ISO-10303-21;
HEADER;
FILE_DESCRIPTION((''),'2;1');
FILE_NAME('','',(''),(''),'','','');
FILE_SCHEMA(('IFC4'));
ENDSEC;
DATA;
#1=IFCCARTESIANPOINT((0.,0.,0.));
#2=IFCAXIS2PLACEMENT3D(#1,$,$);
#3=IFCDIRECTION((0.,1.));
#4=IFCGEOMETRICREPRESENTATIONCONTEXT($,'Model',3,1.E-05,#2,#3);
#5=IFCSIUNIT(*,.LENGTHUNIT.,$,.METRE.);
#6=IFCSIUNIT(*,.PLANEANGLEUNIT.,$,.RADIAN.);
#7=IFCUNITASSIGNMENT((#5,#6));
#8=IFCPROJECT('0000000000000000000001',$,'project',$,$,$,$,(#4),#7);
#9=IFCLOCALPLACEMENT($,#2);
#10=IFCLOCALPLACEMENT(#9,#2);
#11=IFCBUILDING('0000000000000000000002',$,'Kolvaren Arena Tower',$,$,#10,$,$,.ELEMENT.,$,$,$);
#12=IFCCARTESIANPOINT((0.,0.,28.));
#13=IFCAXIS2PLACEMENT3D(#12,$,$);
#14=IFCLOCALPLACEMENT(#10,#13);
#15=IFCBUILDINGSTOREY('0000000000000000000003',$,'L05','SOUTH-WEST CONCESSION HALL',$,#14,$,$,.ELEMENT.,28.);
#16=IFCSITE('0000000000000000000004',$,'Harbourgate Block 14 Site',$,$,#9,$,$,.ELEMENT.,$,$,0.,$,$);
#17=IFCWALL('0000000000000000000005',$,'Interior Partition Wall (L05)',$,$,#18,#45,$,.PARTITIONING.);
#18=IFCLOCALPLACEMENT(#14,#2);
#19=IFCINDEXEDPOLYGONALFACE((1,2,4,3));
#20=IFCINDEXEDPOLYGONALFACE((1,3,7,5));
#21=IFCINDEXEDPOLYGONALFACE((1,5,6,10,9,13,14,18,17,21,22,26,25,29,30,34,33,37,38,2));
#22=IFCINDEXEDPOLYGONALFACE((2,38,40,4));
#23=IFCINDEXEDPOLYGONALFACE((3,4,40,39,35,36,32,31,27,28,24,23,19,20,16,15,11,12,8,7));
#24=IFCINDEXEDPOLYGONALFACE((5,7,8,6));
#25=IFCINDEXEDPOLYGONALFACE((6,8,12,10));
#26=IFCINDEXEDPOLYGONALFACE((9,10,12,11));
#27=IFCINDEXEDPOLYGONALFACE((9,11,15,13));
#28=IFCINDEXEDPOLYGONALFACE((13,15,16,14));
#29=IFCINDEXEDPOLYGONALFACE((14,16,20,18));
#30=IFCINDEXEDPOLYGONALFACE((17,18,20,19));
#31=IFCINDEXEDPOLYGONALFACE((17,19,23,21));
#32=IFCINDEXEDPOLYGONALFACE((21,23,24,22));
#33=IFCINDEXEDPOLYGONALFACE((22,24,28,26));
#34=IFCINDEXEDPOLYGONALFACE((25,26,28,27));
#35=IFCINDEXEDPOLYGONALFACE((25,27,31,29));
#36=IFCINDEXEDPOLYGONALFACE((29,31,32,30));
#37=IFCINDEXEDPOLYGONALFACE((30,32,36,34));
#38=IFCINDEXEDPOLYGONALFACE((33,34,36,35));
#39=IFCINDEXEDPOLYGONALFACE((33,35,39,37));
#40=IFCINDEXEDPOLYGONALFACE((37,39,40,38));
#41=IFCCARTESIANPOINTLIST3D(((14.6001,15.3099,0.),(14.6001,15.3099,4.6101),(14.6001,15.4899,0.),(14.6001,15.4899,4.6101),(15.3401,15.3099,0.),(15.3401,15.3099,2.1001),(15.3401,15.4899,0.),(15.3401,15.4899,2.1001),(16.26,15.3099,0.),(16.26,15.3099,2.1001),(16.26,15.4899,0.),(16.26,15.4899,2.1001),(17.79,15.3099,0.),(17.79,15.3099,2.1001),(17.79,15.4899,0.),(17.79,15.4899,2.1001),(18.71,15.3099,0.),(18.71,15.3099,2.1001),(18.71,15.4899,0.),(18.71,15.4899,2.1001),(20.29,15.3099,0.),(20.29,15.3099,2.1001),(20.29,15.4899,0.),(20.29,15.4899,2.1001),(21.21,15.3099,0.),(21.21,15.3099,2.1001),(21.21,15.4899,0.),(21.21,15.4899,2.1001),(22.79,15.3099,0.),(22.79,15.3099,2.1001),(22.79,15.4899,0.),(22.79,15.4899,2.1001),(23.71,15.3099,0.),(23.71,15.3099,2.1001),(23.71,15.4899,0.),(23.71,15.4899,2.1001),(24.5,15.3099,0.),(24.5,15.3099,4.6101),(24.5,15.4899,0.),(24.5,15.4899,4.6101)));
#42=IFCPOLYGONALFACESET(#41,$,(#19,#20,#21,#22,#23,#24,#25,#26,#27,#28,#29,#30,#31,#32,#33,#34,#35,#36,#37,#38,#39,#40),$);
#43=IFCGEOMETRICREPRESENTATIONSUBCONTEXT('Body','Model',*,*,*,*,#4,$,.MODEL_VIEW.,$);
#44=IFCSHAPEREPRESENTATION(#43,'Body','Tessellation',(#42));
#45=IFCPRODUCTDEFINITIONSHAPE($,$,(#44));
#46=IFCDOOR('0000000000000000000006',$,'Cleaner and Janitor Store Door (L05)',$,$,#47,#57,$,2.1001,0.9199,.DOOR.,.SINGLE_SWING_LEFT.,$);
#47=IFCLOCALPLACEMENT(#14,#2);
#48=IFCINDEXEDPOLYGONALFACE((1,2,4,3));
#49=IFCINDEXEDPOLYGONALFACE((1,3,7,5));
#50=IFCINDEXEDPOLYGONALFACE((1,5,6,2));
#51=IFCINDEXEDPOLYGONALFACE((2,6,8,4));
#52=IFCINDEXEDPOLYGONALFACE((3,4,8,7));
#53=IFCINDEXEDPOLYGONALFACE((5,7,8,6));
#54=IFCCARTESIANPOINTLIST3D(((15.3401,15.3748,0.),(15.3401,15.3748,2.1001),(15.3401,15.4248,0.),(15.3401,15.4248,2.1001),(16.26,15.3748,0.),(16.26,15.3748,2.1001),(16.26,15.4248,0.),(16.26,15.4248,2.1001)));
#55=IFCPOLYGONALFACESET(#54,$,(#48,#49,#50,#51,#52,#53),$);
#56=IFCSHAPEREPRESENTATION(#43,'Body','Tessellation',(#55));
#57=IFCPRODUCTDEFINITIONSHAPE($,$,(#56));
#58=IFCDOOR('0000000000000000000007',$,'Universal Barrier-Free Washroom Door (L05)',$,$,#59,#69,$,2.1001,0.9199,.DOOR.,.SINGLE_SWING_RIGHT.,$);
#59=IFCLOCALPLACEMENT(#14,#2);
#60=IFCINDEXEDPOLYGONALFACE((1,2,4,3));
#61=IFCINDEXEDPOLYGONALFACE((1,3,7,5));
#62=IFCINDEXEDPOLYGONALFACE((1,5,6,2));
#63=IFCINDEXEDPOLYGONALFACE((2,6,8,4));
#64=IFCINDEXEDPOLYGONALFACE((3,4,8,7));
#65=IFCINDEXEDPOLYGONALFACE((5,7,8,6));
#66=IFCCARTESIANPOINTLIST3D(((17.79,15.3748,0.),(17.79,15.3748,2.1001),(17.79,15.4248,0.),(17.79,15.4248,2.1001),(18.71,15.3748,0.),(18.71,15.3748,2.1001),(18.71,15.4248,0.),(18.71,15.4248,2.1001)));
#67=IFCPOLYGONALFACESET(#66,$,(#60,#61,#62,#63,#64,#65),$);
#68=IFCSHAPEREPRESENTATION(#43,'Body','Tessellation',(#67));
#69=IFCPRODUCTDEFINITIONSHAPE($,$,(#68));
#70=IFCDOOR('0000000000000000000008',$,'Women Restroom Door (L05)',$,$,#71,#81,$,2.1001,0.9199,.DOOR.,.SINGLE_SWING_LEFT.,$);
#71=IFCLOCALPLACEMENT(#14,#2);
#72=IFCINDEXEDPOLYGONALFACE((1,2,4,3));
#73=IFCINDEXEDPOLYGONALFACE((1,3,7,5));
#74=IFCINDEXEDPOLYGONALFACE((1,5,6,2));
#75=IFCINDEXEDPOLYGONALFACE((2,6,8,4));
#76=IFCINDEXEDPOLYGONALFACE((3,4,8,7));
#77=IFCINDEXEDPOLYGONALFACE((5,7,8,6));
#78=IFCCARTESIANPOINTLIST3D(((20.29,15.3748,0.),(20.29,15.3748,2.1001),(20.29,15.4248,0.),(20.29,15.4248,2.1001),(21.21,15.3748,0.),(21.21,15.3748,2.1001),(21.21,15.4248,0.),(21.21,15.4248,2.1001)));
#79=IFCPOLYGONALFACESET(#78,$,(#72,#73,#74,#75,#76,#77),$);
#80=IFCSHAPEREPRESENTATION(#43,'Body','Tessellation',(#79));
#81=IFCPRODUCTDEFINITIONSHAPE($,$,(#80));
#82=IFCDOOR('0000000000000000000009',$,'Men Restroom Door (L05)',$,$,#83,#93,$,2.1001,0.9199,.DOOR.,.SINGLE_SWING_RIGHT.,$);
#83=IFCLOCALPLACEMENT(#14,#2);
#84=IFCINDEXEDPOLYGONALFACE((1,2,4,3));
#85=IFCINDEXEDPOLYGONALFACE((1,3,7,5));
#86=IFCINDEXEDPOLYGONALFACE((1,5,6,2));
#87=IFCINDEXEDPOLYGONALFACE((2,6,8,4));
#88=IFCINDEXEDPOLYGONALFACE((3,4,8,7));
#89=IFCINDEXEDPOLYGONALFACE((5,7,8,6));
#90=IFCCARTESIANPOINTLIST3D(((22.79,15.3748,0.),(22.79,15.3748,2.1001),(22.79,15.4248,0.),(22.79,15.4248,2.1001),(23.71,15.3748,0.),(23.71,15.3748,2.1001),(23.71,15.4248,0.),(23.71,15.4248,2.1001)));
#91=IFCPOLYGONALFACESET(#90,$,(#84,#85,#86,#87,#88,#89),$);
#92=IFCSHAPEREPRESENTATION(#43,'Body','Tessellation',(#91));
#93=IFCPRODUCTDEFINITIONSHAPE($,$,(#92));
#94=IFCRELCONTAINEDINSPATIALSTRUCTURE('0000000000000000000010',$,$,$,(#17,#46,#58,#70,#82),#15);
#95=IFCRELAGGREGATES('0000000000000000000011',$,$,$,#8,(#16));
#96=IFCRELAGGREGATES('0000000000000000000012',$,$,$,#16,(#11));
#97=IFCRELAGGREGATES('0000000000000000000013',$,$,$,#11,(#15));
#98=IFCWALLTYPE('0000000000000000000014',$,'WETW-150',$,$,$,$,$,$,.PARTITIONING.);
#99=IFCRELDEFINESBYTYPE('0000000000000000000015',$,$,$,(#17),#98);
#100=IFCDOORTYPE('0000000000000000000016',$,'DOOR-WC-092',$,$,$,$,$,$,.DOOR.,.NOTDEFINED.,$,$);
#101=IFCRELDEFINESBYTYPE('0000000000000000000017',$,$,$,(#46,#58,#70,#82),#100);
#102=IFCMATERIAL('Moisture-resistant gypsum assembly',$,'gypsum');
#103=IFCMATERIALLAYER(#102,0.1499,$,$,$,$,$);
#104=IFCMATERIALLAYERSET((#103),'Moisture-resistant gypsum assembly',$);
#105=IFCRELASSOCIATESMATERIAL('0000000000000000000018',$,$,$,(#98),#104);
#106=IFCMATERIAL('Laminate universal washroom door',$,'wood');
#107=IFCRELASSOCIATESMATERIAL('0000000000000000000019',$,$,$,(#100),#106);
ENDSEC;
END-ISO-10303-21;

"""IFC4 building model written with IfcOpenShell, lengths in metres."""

from ifc_helpers import new_model, si_unit, direction, frame, frame_2d, origin, place, context, subcontext, project, spatial, rectangle, extrude, material, layer, layer_set, type_object, element, fill, save


model = new_model("IFC4")

# Units and contexts
model_context = context("Model", 3, precision=1e-05, world=origin(), true_north=direction((0.0, 1.0)))
body_context = subcontext(model_context, "Body", "Model", "MODEL_VIEW")
ifc_project = project(units=[si_unit("LENGTHUNIT", "METRE"), si_unit("PLANEANGLEUNIT", "RADIAN")], contexts=[model_context])

# Site, building, storey
site_placement = place(None, origin())
site = spatial("IfcSite", under=ifc_project, at=site_placement, Name="Harbourgate Block 14 Site", CompositionType="ELEMENT", RefElevation=0.0)
building_placement = place(site_placement, origin())
building = spatial("IfcBuilding", under=site, at=building_placement, Name="Kolvaren Arena Tower", CompositionType="ELEMENT")
storey_placement = place(building_placement, frame((0.0, 0.0, 28.0)))
storey = spatial("IfcBuildingStorey", under=building, at=storey_placement, Name="L05", Description="SOUTH-WEST CONCESSION HALL", CompositionType="ELEMENT", Elevation=28.0)

# Wall, openings, doors
ifc_material_1 = material(Name="Moisture-resistant gypsum assembly", Category="gypsum")
ifc_layer_1 = layer(ifc_material_1, 0.1499)
ifc_layer_set_1 = layer_set([ifc_layer_1], Name="Moisture-resistant gypsum assembly")
wall_type_1 = type_object("IfcWallType", Name="WETW-150", PredefinedType="PARTITIONING", material=ifc_layer_set_1)
wall_1_placement = place(storey_placement, frame((14.6001, 15.3999, 0.0), z_axis=(0.0, 0.0, 1.0), x_axis=(1.0, 0.0, 0.0)))
wall_1 = element("IfcWall", 1, at=wall_1_placement, inside=storey, type_object=wall_type_1, Name="Interior Partition Wall (L05)", PredefinedType="PARTITIONING", context=body_context, shape_type="SweptSolid", body=[
    extrude(rectangle(XDim=9.8999, YDim=0.1799, at=frame_2d((4.95, 0.0))), origin(), (0.0, 0.0, 1.0), 4.6101),
])
opening_1_placement = place(wall_1_placement, frame((0.74, 0.0, 0.0)))
opening_1 = element("IfcOpeningElement", 2, at=opening_1_placement, cuts=wall_1, PredefinedType="OPENING", context=body_context, shape_type="SweptSolid", body=[
    extrude(rectangle(XDim=0.9199, YDim=2.1001, at=frame_2d((0.46, 1.05))), frame((0.0, 0.0999, 0.0), z_axis=(0.0, -1.0, 0.0), x_axis=(1.0, 0.0, 0.0)), (0.0, 0.0, 1.0), 0.2),
])
opening_2_placement = place(wall_1_placement, frame((3.1899, 0.0, 0.0)))
opening_2 = element("IfcOpeningElement", 3, at=opening_2_placement, cuts=wall_1, PredefinedType="OPENING", context=body_context, shape_type="SweptSolid", body=[
    extrude(rectangle(XDim=0.9199, YDim=2.1001, at=frame_2d((0.46, 1.05))), frame((0.0, 0.0999, 0.0), z_axis=(0.0, -1.0, 0.0), x_axis=(1.0, 0.0, 0.0)), (0.0, 0.0, 1.0), 0.2),
])
opening_3_placement = place(wall_1_placement, frame((5.6899, 0.0, 0.0)))
opening_3 = element("IfcOpeningElement", 4, at=opening_3_placement, cuts=wall_1, PredefinedType="OPENING", context=body_context, shape_type="SweptSolid", body=[
    extrude(rectangle(XDim=0.9199, YDim=2.1001, at=frame_2d((0.46, 1.05))), frame((0.0, 0.0999, 0.0), z_axis=(0.0, -1.0, 0.0), x_axis=(1.0, 0.0, 0.0)), (0.0, 0.0, 1.0), 0.2),
])
opening_4_placement = place(wall_1_placement, frame((8.1899, 0.0, 0.0)))
opening_4 = element("IfcOpeningElement", 5, at=opening_4_placement, cuts=wall_1, PredefinedType="OPENING", context=body_context, shape_type="SweptSolid", body=[
    extrude(rectangle(XDim=0.9199, YDim=2.1001, at=frame_2d((0.46, 1.05))), frame((0.0, 0.0999, 0.0), z_axis=(0.0, -1.0, 0.0), x_axis=(1.0, 0.0, 0.0)), (0.0, 0.0, 1.0), 0.2),
])
ifc_material_2 = material(Name="Laminate universal washroom door", Category="wood")
door_type_1 = type_object("IfcDoorType", Name="DOOR-WC-092", OperationType="NOTDEFINED", PredefinedType="DOOR", material=ifc_material_2)
door_1_placement = place(opening_1_placement, origin())
door_1 = element("IfcDoor", 6, at=door_1_placement, inside=storey, type_object=door_type_1, Name="Cleaner and Janitor Store Door (L05)", OperationType="SINGLE_SWING_LEFT", OverallHeight=2.1001, OverallWidth=0.9199, PredefinedType="DOOR", context=body_context, shape_type="SweptSolid", body=[
    extrude(rectangle(XDim=0.9199, YDim=2.1001, at=frame_2d((0.46, 1.05))), frame((0.0, 0.0249, 0.0), z_axis=(0.0, -1.0, 0.0), x_axis=(1.0, 0.0, 0.0)), (0.0, 0.0, 1.0), 0.05),
])
fill(opening_1, door_1)
door_2_placement = place(opening_2_placement, origin())
door_2 = element("IfcDoor", 7, at=door_2_placement, inside=storey, type_object=door_type_1, Name="Universal Barrier-Free Washroom Door (L05)", OperationType="SINGLE_SWING_RIGHT", OverallHeight=2.1001, OverallWidth=0.9199, PredefinedType="DOOR", context=body_context, shape_type="SweptSolid", body=[
    extrude(rectangle(XDim=0.9199, YDim=2.1001, at=frame_2d((0.46, 1.05))), frame((0.0, 0.0249, 0.0), z_axis=(0.0, -1.0, 0.0), x_axis=(1.0, 0.0, 0.0)), (0.0, 0.0, 1.0), 0.05),
])
fill(opening_2, door_2)
door_3_placement = place(opening_3_placement, origin())
door_3 = element("IfcDoor", 8, at=door_3_placement, inside=storey, type_object=door_type_1, Name="Women Restroom Door (L05)", OperationType="SINGLE_SWING_LEFT", OverallHeight=2.1001, OverallWidth=0.9199, PredefinedType="DOOR", context=body_context, shape_type="SweptSolid", body=[
    extrude(rectangle(XDim=0.9199, YDim=2.1001, at=frame_2d((0.46, 1.05))), frame((0.0, 0.0249, 0.0), z_axis=(0.0, -1.0, 0.0), x_axis=(1.0, 0.0, 0.0)), (0.0, 0.0, 1.0), 0.05),
])
fill(opening_3, door_3)
door_4_placement = place(opening_4_placement, origin())
door_4 = element("IfcDoor", 9, at=door_4_placement, inside=storey, type_object=door_type_1, Name="Men Restroom Door (L05)", OperationType="SINGLE_SWING_RIGHT", OverallHeight=2.1001, OverallWidth=0.9199, PredefinedType="DOOR", context=body_context, shape_type="SweptSolid", body=[
    extrude(rectangle(XDim=0.9199, YDim=2.1001, at=frame_2d((0.46, 1.05))), frame((0.0, 0.0249, 0.0), z_axis=(0.0, -1.0, 0.0), x_axis=(1.0, 0.0, 0.0)), (0.0, 0.0, 1.0), 0.05),
])
fill(opening_4, door_4)

save(model, "model.ifc")
